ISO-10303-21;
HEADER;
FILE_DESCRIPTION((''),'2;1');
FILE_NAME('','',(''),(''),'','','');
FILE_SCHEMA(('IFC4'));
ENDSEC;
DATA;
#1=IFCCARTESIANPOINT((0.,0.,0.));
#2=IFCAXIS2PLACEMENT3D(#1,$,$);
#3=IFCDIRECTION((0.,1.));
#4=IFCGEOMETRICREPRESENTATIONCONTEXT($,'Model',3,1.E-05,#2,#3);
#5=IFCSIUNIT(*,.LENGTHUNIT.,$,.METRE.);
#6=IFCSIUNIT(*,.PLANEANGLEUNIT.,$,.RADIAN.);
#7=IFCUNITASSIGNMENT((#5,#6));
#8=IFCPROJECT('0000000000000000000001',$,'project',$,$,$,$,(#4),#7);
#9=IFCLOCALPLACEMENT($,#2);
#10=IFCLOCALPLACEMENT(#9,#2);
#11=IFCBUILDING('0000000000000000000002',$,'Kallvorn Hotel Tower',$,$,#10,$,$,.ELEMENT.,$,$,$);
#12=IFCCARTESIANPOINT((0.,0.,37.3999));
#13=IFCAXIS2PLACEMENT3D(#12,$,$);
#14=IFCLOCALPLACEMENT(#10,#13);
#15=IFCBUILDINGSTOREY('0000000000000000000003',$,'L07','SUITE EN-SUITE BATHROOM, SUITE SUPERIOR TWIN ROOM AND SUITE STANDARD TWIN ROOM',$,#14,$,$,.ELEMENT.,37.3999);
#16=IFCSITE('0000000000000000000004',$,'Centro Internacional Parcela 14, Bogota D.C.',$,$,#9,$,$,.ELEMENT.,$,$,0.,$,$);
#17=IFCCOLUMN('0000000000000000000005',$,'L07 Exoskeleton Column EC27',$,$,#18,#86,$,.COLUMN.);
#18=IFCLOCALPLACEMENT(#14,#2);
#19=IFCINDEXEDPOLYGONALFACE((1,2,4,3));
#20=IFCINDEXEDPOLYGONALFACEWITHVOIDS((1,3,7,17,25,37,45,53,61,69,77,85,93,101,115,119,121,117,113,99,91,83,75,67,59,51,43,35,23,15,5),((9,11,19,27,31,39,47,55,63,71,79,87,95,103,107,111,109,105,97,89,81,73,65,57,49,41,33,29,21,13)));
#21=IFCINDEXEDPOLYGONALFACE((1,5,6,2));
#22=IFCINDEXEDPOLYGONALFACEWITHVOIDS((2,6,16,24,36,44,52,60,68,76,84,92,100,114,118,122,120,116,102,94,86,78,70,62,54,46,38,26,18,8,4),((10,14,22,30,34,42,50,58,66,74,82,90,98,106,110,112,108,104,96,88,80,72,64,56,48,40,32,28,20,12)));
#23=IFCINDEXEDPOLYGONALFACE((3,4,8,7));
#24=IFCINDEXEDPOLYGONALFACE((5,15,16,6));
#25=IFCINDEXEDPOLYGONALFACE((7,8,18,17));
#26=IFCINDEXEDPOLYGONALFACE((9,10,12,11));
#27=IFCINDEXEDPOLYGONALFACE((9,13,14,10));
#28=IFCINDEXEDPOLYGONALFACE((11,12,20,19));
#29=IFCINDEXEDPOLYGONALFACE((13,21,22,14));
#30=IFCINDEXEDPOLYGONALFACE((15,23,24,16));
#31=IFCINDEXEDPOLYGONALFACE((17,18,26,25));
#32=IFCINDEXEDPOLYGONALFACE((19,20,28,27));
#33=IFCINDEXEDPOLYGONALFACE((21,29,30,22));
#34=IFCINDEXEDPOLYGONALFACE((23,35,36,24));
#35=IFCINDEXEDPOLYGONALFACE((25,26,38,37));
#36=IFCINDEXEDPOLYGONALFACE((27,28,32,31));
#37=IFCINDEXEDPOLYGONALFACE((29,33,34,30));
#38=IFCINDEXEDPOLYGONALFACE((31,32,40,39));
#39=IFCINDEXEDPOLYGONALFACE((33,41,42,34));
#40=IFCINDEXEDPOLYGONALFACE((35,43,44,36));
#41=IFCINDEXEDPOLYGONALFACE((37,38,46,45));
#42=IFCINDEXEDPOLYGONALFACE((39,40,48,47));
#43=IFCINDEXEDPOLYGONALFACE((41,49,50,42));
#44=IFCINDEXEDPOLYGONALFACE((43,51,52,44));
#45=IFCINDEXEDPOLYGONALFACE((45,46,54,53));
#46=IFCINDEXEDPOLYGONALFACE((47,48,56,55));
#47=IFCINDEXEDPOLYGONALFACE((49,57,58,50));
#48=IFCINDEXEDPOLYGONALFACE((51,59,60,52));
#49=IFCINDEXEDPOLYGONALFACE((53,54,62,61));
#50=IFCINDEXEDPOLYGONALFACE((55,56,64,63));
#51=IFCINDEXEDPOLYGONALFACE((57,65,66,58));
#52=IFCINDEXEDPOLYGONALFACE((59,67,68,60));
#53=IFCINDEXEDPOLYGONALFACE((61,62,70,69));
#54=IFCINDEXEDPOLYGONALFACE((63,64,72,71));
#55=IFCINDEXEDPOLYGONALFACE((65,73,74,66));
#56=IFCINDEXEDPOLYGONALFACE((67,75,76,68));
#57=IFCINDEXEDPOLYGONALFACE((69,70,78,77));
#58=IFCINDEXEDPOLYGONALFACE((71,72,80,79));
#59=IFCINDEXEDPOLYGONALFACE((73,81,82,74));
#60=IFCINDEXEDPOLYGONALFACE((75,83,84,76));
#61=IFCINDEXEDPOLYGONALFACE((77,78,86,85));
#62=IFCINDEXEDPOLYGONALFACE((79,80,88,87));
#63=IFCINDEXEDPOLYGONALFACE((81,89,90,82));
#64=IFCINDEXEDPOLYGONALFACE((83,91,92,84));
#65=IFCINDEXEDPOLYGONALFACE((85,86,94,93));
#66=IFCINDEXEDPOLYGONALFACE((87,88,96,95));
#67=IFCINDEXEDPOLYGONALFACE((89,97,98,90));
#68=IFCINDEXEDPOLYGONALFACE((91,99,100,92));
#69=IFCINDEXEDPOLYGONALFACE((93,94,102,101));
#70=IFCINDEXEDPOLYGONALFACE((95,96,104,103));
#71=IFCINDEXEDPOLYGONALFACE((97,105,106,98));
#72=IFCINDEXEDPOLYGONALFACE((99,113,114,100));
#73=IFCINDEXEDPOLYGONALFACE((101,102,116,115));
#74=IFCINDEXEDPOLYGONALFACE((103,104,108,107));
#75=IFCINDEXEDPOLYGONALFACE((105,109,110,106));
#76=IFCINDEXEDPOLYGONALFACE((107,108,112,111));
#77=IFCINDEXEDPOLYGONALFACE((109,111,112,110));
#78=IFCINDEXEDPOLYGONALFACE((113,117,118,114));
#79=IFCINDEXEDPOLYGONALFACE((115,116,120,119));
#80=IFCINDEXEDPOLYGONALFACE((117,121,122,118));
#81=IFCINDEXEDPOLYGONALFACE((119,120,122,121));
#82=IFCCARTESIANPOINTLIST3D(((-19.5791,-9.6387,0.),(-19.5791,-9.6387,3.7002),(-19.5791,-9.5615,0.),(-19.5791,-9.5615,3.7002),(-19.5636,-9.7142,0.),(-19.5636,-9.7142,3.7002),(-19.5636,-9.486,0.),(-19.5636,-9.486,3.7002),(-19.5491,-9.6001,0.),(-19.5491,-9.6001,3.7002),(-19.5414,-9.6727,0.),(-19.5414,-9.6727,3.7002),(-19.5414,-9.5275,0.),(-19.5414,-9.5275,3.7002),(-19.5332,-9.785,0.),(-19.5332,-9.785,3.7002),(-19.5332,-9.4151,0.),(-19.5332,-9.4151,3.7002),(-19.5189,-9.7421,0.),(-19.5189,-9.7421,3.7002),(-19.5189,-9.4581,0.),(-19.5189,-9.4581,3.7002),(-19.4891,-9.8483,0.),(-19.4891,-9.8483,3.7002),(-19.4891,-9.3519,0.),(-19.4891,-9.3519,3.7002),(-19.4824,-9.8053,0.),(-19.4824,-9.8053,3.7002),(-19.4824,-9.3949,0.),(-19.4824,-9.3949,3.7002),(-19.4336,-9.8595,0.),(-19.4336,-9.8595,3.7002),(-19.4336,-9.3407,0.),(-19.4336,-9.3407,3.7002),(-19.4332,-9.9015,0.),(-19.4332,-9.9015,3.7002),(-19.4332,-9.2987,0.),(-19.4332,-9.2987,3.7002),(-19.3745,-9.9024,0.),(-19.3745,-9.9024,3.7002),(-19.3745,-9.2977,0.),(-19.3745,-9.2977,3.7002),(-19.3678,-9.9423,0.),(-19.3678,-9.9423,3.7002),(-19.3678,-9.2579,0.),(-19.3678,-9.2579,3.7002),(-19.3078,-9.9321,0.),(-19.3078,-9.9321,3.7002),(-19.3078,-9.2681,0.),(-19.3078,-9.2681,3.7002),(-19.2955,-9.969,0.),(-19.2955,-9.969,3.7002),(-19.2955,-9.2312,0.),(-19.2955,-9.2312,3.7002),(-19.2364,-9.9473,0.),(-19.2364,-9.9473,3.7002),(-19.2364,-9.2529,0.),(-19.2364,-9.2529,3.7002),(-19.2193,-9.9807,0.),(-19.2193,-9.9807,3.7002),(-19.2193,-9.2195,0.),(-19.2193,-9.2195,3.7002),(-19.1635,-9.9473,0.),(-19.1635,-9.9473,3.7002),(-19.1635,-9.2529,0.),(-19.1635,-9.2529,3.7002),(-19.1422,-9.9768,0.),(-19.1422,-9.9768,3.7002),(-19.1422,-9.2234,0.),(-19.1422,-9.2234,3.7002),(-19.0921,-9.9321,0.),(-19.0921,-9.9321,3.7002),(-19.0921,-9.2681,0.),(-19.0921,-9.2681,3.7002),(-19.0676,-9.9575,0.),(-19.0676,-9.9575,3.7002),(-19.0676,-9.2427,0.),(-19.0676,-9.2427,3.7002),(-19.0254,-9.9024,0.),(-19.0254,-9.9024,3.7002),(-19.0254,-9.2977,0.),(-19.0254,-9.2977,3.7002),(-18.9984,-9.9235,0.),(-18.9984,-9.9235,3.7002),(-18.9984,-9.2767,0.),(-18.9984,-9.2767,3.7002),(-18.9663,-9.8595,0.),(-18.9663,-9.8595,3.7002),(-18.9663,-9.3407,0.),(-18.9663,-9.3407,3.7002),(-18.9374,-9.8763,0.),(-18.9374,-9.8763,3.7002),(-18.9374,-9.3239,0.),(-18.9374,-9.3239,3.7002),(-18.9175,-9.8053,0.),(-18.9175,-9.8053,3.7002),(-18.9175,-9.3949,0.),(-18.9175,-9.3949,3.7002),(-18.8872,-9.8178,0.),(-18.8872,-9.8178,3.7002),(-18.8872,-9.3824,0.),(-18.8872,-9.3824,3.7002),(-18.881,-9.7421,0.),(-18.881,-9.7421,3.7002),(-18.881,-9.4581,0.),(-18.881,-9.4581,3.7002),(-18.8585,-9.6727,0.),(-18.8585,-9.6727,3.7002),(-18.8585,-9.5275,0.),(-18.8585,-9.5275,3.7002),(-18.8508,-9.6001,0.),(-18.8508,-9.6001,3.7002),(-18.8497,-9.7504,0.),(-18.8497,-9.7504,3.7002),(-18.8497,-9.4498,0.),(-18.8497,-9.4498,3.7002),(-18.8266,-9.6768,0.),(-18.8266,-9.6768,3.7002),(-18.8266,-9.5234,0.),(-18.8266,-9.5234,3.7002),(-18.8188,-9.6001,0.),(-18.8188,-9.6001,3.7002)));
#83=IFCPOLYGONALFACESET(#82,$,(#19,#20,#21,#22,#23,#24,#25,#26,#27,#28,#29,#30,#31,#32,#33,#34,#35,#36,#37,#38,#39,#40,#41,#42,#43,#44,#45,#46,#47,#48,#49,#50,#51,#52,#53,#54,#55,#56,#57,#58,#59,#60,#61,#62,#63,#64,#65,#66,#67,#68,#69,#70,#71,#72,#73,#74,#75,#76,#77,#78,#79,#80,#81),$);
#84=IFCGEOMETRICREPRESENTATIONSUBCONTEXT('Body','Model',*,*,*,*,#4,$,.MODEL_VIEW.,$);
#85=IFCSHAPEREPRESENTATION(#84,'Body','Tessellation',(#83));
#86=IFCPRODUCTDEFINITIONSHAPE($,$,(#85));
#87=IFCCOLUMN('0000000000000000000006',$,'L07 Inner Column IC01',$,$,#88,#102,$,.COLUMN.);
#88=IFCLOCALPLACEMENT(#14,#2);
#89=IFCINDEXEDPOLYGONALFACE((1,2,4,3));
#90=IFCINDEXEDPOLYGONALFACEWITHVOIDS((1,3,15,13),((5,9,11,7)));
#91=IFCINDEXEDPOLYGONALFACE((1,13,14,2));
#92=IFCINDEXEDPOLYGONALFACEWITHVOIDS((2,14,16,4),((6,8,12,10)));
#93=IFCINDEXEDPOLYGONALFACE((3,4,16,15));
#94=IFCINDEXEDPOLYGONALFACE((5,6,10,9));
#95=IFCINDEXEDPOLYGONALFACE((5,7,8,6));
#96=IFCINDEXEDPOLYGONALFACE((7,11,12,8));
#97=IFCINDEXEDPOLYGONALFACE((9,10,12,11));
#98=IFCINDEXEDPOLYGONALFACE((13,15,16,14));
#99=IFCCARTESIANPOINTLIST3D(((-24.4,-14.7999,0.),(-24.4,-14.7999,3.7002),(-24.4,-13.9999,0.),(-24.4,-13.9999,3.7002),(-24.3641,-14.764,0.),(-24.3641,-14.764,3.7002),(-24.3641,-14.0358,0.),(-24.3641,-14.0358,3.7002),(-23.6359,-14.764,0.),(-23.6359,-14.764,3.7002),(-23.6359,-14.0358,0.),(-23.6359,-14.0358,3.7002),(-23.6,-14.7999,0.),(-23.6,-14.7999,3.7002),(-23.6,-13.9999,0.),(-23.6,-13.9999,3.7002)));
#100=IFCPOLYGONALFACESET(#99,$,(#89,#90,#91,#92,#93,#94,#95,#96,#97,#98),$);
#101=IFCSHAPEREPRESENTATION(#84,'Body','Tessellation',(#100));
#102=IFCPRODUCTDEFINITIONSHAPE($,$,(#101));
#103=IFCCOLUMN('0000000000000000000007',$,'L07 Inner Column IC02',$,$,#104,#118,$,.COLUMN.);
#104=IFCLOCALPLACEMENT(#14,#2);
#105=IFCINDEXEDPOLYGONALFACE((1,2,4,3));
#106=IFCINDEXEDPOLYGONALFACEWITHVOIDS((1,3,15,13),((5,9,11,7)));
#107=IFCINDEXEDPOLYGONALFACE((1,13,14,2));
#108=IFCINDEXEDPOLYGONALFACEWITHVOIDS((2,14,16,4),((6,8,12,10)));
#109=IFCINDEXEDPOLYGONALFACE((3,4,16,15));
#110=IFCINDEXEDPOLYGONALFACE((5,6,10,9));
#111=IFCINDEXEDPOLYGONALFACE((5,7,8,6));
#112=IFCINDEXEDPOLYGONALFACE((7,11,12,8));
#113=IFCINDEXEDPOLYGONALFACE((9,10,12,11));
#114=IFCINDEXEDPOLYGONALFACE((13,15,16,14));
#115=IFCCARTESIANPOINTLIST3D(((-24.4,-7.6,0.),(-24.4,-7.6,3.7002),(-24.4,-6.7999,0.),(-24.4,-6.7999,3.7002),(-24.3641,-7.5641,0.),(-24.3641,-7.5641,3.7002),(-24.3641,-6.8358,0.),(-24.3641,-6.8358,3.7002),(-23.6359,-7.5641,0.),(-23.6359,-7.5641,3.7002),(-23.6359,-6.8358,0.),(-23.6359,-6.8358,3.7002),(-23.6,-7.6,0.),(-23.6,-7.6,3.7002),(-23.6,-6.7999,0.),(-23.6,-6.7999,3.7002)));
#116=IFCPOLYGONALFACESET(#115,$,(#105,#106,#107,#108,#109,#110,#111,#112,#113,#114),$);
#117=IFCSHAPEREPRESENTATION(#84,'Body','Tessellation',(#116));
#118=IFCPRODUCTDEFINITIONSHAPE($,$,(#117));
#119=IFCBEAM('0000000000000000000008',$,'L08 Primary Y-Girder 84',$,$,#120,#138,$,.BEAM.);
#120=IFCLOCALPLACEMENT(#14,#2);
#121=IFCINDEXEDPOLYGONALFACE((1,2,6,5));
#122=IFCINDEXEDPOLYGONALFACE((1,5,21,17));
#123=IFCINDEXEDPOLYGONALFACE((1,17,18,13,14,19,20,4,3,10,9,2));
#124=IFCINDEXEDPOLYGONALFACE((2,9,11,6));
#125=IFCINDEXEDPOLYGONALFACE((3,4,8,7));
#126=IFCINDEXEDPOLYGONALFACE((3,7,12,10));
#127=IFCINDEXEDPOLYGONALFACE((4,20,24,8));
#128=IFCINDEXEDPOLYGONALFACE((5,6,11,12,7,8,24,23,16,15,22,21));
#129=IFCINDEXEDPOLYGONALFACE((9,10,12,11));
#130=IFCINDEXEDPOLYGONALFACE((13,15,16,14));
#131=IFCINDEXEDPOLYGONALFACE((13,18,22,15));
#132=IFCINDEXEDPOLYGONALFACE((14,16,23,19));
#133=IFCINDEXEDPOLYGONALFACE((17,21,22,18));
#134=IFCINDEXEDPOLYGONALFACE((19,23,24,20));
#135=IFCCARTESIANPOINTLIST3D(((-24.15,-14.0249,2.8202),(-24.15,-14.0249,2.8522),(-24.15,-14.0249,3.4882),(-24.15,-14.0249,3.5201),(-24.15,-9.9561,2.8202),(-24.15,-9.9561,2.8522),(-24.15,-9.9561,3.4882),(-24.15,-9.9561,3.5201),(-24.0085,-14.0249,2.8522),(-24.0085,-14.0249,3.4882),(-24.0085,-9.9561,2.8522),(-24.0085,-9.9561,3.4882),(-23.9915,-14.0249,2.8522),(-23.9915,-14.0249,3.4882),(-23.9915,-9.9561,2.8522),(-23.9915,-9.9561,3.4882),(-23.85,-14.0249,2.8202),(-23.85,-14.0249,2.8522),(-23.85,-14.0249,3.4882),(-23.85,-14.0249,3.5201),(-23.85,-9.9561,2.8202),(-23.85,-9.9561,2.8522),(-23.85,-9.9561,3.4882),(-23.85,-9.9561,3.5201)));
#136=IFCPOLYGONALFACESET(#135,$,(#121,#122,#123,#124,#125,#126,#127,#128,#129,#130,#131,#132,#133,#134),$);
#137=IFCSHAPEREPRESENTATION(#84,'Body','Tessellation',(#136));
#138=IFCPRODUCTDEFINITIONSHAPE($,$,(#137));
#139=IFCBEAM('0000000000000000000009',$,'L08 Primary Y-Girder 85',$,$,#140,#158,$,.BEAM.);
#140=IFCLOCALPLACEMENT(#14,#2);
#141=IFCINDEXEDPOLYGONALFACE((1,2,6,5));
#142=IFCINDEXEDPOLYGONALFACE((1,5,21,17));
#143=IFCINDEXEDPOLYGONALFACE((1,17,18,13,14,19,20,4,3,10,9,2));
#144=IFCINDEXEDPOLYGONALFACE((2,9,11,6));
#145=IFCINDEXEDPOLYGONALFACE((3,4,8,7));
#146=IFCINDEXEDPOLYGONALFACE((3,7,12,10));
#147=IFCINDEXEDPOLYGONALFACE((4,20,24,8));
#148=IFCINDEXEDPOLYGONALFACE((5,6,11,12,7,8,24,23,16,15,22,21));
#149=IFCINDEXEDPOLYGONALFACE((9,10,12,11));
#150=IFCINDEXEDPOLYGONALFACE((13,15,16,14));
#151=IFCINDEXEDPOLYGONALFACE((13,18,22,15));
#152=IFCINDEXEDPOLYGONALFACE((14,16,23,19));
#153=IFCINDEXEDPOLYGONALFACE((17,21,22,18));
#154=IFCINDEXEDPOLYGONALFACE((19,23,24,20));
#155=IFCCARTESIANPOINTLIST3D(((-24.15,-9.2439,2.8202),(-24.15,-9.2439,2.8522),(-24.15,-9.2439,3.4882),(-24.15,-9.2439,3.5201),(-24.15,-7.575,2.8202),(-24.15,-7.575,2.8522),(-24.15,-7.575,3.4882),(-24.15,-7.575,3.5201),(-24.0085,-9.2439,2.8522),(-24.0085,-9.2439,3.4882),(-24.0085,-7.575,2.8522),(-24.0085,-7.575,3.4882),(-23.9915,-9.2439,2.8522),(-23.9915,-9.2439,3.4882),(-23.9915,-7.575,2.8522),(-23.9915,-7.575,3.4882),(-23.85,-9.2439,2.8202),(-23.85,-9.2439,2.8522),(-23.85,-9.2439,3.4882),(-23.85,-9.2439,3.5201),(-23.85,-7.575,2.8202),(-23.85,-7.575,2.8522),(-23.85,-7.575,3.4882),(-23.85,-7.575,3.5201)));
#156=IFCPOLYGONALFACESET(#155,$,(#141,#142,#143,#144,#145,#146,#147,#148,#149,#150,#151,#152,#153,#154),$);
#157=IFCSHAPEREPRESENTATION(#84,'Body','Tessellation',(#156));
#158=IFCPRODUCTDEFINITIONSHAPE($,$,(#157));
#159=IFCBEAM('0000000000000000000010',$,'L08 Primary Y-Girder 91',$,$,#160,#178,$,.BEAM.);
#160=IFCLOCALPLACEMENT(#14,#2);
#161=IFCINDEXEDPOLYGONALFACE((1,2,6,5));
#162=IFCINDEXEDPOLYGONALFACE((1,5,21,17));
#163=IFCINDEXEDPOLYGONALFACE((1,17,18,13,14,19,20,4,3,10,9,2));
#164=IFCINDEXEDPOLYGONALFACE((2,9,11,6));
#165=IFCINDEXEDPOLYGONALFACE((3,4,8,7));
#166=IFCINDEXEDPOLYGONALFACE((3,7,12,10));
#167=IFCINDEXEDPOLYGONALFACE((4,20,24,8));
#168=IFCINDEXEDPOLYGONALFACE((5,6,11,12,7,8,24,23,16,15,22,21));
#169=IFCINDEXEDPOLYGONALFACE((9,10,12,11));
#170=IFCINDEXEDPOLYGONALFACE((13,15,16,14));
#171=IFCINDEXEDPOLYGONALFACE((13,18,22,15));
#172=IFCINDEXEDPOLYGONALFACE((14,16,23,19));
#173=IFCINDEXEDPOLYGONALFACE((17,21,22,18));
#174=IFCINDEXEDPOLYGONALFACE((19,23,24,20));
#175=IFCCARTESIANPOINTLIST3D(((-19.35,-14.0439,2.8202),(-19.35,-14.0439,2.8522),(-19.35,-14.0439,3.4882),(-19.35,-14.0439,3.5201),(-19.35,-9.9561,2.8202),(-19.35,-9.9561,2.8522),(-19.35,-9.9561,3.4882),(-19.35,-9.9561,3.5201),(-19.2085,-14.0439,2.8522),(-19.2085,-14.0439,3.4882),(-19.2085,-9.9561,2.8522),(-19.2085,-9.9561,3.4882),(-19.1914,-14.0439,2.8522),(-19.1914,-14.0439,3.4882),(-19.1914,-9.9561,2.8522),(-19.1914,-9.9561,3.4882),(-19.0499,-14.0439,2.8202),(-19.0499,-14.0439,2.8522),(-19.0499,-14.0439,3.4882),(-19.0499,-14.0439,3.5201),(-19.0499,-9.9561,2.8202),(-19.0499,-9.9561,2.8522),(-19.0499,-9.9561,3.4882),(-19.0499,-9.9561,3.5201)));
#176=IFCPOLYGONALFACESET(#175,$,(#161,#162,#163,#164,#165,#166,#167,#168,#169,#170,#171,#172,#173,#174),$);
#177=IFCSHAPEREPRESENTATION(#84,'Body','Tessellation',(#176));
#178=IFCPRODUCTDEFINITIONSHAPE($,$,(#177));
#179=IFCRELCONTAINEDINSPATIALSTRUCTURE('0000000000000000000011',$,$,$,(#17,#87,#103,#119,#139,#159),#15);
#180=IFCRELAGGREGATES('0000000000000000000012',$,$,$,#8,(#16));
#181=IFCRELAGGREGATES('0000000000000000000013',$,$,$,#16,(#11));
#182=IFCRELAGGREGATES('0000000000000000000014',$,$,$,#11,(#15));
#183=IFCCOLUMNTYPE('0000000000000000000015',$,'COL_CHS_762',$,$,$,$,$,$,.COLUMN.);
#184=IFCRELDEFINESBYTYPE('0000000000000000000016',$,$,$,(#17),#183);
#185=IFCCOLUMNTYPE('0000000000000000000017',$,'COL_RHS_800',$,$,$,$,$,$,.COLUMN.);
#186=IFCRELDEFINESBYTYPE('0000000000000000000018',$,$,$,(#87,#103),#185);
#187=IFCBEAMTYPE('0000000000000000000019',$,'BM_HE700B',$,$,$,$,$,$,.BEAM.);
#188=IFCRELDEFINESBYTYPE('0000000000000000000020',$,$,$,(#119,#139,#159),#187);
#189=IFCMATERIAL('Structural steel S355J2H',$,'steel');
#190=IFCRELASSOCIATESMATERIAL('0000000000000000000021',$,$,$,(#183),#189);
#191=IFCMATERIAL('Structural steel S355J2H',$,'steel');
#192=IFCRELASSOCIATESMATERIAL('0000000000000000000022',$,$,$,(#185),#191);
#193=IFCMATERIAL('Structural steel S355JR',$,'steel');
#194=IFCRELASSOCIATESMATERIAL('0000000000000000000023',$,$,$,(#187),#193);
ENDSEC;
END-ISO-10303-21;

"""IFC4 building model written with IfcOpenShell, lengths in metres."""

from ifc_helpers import new_model, si_unit, direction, frame, origin, origin_2d, place, context, subcontext, project, spatial, hollow_rectangle, hollow_circle, i_section, extrude, material, material_profile, profile_set, type_object, element, save


model = new_model("IFC4")

# Units and contexts
model_context = context("Model", 3, precision=1e-05, world=origin(), true_north=direction((0.0, 1.0)))
body_context = subcontext(model_context, "Body", "Model", "MODEL_VIEW")
ifc_project = project(units=[si_unit("LENGTHUNIT", "METRE"), si_unit("PLANEANGLEUNIT", "RADIAN")], contexts=[model_context])

# Site, building, storey
site_placement = place(None, origin())
site = spatial("IfcSite", under=ifc_project, at=site_placement, Name="Centro Internacional Parcela 14, Bogota D.C.", CompositionType="ELEMENT", RefElevation=0.0)
building_placement = place(site_placement, origin())
building = spatial("IfcBuilding", under=site, at=building_placement, Name="Kallvorn Hotel Tower", CompositionType="ELEMENT")
storey_placement = place(building_placement, frame((0.0, 0.0, 37.3999)))
storey = spatial("IfcBuildingStorey", under=building, at=storey_placement, Name="L07", Description="SUITE EN-SUITE BATHROOM, SUITE SUPERIOR TWIN ROOM AND SUITE STANDARD TWIN ROOM", CompositionType="ELEMENT", Elevation=37.3999)

# Columns
ifc_material_1 = material(Name="Structural steel S355J2H", Category="steel")
ifc_material_profile_1 = material_profile(ifc_material_1, hollow_circle(Radius=0.3811, WallThickness=0.032, at=origin_2d()), Name="CHS 762x32")
ifc_profile_set_1 = profile_set([ifc_material_profile_1], Name="Structural steel S355J2H")
column_type_1 = type_object("IfcColumnType", Name="COL_CHS_762", PredefinedType="COLUMN", material=ifc_profile_set_1)
for number, where, z_axis, x_axis, name in (
    (1, (-19.2, -9.6001, 0.0), (0.0, 0.0, 1.0), (1.0, 0.0, 0.0), "L07 Exoskeleton Column EC27"),
):
    element("IfcColumn", number, at=place(storey_placement, frame(where, z_axis=z_axis, x_axis=x_axis)), inside=storey, type_object=column_type_1, Name=name, PredefinedType="COLUMN", context=body_context, shape_type="SweptSolid", body=[
        extrude(hollow_circle(Radius=0.3811, WallThickness=0.032, at=origin_2d()), origin(), (0.0, 0.0, 1.0), 3.7002),
    ])
ifc_material_2 = material(Name="Structural steel S355J2H", Category="steel")
ifc_material_profile_2 = material_profile(ifc_material_2, hollow_rectangle(XDim=0.8, YDim=0.8, WallThickness=0.0359, at=origin_2d()), Name="RHS 800x800x36")
ifc_profile_set_2 = profile_set([ifc_material_profile_2], Name="Structural steel S355J2H")
column_type_2 = type_object("IfcColumnType", Name="COL_RHS_800", PredefinedType="COLUMN", material=ifc_profile_set_2)
for number, where, z_axis, x_axis, name in (
    (2, (-24.0, -14.3999, 0.0), (0.0, 0.0, 1.0), (1.0, 0.0, 0.0), "L07 Inner Column IC01"),
    (3, (-24.0, -7.2, 0.0), (0.0, 0.0, 1.0), (1.0, 0.0, 0.0), "L07 Inner Column IC02"),
):
    element("IfcColumn", number, at=place(storey_placement, frame(where, z_axis=z_axis, x_axis=x_axis)), inside=storey, type_object=column_type_2, Name=name, PredefinedType="COLUMN", context=body_context, shape_type="SweptSolid", body=[
        extrude(hollow_rectangle(XDim=0.8, YDim=0.8, WallThickness=0.0359, at=origin_2d()), origin(), (0.0, 0.0, 1.0), 3.7002),
    ])

# Beams
ifc_material_3 = material(Name="Structural steel S355JR", Category="steel")
ifc_material_profile_3 = material_profile(ifc_material_3, i_section(OverallWidth=0.3, OverallDepth=0.7, WebThickness=0.0171, FlangeThickness=0.032, at=origin_2d()), Name="HE 700 B")
ifc_profile_set_3 = profile_set([ifc_material_profile_3], Name="Structural steel S355JR")
beam_type_1 = type_object("IfcBeamType", Name="BM_HE700B", PredefinedType="BEAM", material=ifc_profile_set_3)
beam_1_placement = place(storey_placement, frame((-24.0, -14.0249, 3.1702), z_axis=(0.0, 1.0, 0.0), x_axis=(-1.0, 0.0, 0.0)))
element("IfcBeam", 4, at=beam_1_placement, inside=storey, type_object=beam_type_1, Name="L08 Primary Y-Girder 84", PredefinedType="BEAM", context=body_context, shape_type="SweptSolid", body=[
    extrude(i_section(OverallWidth=0.3, OverallDepth=0.7, WebThickness=0.0171, FlangeThickness=0.032, at=origin_2d()), origin(), (0.0, 0.0, 1.0), 4.0688),
])
beam_2_placement = place(storey_placement, frame((-24.0, -9.2439, 3.1702), z_axis=(0.0, 1.0, 0.0), x_axis=(-1.0, 0.0, 0.0)))
element("IfcBeam", 5, at=beam_2_placement, inside=storey, type_object=beam_type_1, Name="L08 Primary Y-Girder 85", PredefinedType="BEAM", context=body_context, shape_type="SweptSolid", body=[
    extrude(i_section(OverallWidth=0.3, OverallDepth=0.7, WebThickness=0.0171, FlangeThickness=0.032, at=origin_2d()), origin(), (0.0, 0.0, 1.0), 1.6689),
])
beam_3_placement = place(storey_placement, frame((-19.2, -14.0439, 3.1702), z_axis=(0.0, 1.0, 0.0), x_axis=(-1.0, 0.0, 0.0)))
element("IfcBeam", 6, at=beam_3_placement, inside=storey, type_object=beam_type_1, Name="L08 Primary Y-Girder 91", PredefinedType="BEAM", context=body_context, shape_type="SweptSolid", body=[
    extrude(i_section(OverallWidth=0.3, OverallDepth=0.7, WebThickness=0.0171, FlangeThickness=0.032, at=origin_2d()), origin(), (0.0, 0.0, 1.0), 4.0879),
])

save(model, "model.ifc")
